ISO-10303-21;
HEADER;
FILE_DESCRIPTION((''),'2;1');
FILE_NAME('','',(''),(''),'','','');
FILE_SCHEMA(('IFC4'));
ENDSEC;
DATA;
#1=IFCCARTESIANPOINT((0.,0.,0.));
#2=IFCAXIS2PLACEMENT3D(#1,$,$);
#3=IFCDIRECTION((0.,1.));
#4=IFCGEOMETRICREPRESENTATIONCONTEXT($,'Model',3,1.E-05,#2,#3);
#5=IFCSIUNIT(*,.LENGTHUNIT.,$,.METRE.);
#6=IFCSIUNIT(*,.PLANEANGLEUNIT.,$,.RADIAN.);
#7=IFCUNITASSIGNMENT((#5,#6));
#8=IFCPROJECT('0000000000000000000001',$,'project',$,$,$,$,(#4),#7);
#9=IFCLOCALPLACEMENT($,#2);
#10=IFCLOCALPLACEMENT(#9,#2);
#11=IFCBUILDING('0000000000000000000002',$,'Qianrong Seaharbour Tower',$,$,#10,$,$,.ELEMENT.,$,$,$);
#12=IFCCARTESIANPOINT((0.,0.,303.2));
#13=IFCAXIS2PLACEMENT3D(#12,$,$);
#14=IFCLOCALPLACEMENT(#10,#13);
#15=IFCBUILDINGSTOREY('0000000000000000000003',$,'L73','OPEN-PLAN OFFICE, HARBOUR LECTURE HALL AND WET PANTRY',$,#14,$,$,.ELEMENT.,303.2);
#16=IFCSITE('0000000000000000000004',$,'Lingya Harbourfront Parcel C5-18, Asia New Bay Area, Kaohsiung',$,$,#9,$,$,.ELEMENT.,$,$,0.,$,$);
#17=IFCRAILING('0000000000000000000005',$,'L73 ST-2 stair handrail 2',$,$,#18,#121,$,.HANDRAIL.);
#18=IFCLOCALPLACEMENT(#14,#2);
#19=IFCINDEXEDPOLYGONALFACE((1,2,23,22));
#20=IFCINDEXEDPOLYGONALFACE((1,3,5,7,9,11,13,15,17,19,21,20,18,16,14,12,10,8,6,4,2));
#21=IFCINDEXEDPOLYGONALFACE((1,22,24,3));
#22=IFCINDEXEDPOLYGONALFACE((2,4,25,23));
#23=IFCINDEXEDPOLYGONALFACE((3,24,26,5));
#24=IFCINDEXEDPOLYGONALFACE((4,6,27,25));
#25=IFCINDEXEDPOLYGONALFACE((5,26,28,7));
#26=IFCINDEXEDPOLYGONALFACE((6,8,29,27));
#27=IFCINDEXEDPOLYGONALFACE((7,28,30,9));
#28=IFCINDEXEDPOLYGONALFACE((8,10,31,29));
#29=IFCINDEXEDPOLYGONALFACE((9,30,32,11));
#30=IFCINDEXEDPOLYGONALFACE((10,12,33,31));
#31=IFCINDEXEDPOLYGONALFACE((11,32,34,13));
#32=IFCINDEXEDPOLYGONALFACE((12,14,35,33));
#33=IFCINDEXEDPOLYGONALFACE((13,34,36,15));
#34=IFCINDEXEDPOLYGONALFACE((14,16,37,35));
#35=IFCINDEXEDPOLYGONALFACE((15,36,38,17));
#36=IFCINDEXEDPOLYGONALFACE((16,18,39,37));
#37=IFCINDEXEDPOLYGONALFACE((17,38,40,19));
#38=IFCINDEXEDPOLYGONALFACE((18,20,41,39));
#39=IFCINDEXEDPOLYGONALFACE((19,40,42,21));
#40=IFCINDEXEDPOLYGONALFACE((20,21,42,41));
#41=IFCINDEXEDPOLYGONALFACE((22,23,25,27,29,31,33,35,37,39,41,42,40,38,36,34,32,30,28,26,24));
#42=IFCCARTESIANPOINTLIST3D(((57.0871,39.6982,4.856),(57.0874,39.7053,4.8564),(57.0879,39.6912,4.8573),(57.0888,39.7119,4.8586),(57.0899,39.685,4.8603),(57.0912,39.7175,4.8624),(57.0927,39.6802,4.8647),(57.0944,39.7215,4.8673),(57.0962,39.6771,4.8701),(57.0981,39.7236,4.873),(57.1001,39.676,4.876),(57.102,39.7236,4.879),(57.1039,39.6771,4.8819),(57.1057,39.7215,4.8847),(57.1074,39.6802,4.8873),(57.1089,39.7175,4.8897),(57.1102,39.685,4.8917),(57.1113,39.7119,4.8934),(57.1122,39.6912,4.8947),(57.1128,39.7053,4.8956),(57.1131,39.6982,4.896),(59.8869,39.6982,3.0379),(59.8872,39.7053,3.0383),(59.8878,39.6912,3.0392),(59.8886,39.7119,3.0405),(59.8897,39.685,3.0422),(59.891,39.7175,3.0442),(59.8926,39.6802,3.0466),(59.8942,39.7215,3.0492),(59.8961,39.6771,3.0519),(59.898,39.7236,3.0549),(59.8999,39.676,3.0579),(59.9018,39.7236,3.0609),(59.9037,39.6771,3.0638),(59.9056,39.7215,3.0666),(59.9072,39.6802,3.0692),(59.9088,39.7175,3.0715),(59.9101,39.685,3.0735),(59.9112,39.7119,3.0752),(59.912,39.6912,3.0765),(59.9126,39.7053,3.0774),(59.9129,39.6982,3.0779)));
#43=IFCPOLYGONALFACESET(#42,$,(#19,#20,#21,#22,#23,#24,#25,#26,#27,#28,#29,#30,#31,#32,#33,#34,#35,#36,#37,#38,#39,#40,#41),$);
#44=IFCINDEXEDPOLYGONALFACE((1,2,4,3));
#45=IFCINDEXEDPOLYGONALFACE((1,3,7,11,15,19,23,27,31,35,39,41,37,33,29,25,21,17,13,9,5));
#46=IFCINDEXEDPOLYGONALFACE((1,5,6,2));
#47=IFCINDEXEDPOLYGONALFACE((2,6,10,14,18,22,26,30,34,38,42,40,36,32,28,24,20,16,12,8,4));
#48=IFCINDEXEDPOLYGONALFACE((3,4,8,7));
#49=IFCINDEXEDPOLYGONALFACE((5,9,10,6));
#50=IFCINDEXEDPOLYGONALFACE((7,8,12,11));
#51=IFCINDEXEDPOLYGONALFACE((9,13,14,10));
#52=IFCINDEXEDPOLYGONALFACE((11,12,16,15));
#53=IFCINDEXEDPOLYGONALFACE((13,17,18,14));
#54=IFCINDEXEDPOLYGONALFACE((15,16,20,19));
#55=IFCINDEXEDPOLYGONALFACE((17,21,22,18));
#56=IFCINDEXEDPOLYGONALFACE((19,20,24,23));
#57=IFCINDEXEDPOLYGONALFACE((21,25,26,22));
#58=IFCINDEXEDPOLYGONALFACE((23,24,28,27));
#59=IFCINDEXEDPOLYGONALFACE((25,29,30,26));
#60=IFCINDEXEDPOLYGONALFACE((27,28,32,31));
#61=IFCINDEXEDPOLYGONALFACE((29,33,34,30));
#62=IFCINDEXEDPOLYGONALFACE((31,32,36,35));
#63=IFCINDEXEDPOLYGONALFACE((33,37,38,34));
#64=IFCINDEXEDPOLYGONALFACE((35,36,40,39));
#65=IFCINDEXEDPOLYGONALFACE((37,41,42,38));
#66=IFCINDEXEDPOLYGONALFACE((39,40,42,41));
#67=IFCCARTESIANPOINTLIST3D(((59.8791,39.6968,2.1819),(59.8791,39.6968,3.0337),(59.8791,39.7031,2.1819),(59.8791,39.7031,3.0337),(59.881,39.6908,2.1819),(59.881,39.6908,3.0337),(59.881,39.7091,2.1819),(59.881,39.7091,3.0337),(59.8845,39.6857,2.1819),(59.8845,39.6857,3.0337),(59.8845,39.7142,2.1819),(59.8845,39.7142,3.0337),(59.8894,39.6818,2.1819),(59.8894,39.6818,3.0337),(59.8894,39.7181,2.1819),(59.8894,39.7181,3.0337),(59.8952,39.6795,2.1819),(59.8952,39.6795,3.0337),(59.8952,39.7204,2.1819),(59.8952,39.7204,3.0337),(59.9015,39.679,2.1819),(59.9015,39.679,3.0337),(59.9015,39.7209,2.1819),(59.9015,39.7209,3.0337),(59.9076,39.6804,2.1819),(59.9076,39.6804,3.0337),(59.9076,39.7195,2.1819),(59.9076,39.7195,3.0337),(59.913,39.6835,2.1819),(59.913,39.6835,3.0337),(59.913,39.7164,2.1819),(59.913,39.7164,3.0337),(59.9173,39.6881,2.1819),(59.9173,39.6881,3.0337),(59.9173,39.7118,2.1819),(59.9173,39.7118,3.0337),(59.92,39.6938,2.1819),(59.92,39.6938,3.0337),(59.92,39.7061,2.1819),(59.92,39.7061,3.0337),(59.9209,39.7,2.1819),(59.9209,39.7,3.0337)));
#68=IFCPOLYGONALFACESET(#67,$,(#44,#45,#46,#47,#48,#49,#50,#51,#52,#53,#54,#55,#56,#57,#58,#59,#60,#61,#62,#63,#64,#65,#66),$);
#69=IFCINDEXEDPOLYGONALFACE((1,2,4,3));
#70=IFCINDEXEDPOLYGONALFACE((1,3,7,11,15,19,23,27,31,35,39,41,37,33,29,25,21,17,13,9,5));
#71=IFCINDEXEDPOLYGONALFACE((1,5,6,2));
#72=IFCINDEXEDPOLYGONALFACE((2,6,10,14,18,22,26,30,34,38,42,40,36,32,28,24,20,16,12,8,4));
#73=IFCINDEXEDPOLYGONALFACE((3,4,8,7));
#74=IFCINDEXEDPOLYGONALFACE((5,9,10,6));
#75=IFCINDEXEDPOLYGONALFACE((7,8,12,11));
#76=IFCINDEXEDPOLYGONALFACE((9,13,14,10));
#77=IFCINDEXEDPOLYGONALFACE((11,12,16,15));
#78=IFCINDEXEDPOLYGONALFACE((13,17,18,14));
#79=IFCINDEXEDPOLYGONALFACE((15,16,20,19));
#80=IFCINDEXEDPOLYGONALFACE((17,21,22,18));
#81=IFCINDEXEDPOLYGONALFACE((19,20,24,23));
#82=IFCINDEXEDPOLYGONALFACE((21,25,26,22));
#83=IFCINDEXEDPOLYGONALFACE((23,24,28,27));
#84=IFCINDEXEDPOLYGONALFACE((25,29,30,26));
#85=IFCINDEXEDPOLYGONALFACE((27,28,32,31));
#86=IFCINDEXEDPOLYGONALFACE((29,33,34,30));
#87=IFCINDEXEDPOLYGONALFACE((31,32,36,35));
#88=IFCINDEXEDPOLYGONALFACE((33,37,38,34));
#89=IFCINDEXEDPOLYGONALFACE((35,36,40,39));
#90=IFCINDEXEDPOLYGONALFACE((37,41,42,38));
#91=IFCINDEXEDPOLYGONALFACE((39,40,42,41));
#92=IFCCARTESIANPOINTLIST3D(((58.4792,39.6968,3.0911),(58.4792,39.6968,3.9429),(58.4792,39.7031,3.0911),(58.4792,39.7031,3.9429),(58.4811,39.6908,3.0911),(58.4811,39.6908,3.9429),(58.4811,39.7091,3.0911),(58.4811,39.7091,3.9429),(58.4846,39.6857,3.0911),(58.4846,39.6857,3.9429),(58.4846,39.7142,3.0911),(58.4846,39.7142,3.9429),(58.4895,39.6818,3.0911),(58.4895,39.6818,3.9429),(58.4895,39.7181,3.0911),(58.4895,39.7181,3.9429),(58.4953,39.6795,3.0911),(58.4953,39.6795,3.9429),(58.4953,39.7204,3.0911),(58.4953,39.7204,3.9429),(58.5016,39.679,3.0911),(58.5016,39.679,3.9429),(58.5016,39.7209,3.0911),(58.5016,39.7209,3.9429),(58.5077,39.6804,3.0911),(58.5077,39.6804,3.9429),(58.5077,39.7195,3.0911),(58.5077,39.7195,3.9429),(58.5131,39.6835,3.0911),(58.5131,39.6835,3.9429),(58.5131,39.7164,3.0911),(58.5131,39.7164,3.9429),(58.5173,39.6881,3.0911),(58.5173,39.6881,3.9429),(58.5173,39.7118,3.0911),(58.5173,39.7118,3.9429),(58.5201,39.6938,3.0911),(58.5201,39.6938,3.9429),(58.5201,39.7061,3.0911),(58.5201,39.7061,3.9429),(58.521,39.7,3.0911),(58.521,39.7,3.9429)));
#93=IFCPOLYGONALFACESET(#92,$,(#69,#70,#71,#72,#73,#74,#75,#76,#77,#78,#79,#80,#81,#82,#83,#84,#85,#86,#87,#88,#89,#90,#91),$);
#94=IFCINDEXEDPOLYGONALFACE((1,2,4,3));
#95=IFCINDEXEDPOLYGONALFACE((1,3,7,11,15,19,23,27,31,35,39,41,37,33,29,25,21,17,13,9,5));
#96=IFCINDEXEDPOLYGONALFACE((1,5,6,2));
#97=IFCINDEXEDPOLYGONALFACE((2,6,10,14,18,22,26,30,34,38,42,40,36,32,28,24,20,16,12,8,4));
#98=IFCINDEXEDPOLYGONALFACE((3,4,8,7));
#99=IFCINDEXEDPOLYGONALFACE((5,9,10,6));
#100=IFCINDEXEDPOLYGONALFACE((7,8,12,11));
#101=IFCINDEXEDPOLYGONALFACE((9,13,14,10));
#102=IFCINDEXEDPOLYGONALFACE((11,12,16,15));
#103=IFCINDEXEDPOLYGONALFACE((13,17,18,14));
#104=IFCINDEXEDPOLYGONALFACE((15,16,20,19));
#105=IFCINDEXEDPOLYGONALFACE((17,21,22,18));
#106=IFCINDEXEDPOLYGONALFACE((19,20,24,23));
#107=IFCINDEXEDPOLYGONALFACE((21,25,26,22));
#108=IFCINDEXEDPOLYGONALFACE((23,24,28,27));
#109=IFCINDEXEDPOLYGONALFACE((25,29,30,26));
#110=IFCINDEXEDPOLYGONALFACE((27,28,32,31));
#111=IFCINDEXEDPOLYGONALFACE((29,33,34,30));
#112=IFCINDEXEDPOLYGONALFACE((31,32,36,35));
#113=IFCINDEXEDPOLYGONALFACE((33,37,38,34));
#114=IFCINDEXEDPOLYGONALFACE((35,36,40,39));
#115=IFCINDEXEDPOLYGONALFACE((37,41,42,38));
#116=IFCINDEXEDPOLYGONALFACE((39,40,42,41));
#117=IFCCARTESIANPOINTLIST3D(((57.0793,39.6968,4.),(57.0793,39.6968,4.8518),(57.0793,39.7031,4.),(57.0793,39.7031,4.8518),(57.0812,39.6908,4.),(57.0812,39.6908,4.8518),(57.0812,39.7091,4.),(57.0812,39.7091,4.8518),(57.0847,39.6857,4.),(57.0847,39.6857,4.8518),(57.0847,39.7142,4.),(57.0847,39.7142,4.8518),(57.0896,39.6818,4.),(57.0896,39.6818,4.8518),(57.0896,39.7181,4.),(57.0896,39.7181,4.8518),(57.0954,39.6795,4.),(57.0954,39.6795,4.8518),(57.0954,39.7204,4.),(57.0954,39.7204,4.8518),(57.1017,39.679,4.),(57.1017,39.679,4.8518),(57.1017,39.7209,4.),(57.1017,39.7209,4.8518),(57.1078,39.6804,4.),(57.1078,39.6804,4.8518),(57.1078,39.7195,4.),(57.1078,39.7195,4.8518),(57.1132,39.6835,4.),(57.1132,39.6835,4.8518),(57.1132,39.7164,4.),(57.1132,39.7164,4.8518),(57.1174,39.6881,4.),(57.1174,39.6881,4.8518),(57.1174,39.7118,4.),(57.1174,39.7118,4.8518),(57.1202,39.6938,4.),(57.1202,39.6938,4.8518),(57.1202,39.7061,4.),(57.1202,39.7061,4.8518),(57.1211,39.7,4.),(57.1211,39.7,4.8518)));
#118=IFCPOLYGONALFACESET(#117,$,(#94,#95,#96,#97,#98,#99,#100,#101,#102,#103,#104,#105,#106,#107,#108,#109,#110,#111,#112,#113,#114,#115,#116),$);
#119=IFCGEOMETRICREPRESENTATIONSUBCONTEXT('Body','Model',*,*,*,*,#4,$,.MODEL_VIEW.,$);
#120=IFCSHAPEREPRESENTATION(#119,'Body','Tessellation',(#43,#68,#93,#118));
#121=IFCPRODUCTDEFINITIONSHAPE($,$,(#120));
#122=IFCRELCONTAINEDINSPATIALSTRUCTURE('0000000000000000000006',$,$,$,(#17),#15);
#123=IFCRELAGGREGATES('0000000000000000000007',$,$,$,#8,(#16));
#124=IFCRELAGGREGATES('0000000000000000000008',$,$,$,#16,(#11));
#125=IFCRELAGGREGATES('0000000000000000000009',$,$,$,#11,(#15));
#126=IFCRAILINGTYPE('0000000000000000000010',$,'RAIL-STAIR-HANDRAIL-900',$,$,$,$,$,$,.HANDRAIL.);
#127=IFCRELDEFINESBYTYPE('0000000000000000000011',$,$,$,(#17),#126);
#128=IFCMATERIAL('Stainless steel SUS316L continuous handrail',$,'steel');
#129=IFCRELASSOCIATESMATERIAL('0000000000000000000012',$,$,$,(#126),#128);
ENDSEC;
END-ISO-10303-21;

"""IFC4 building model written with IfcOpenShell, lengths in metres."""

from ifc_helpers import new_model, si_unit, direction, frame, origin, origin_2d, place, context, subcontext, project, spatial, circle, extrude, material, type_object, element, save


model = new_model("IFC4")

# Units and contexts
model_context = context("Model", 3, precision=1e-05, world=origin(), true_north=direction((0.0, 1.0)))
body_context = subcontext(model_context, "Body", "Model", "MODEL_VIEW")
ifc_project = project(units=[si_unit("LENGTHUNIT", "METRE"), si_unit("PLANEANGLEUNIT", "RADIAN")], contexts=[model_context])

# Site, building, storey
site_placement = place(None, origin())
site = spatial("IfcSite", under=ifc_project, at=site_placement, Name="Lingya Harbourfront Parcel C5-18, Asia New Bay Area, Kaohsiung", CompositionType="ELEMENT", RefElevation=0.0)
building_placement = place(site_placement, origin())
building = spatial("IfcBuilding", under=site, at=building_placement, Name="Qianrong Seaharbour Tower", CompositionType="ELEMENT")
storey_placement = place(building_placement, frame((0.0, 0.0, 303.2)))
storey = spatial("IfcBuildingStorey", under=building, at=storey_placement, Name="L73", Description="OPEN-PLAN OFFICE, HARBOUR LECTURE HALL AND WET PANTRY", CompositionType="ELEMENT", Elevation=303.2)

# Railing
ifc_material_1 = material(Name="Stainless steel SUS316L continuous handrail", Category="steel")
railing_type_1 = type_object("IfcRailingType", Name="RAIL-STAIR-HANDRAIL-900", PredefinedType="HANDRAIL", material=ifc_material_1)
railing_1_placement = place(storey_placement, frame((59.8999, 39.7, 2.1819)))
element("IfcRailing", 1, at=railing_1_placement, inside=storey, type_object=railing_type_1, Name="L73 ST-2 stair handrail 2", PredefinedType="HANDRAIL", context=body_context, shape_type="SweptSolid", body=[
    extrude(circle(Radius=0.0239, at=origin_2d()), frame((0.0, 0.0, 0.876), z_axis=(-0.838684, 0.0, 0.544618), x_axis=(0.0, -1.0, 0.0)), (0.0, 0.0, 1.0), 3.3384),
    extrude(circle(Radius=0.021, at=origin_2d()), origin(), (0.0, 0.0, 1.0), 0.8518),
    extrude(circle(Radius=0.021, at=origin_2d()), frame((-1.3999, 0.0, 0.9092)), (0.0, 0.0, 1.0), 0.8518),
    extrude(circle(Radius=0.021, at=origin_2d()), frame((-2.7998, 0.0, 1.8181)), (0.0, 0.0, 1.0), 0.8518),
])

save(model, "model.ifc")
